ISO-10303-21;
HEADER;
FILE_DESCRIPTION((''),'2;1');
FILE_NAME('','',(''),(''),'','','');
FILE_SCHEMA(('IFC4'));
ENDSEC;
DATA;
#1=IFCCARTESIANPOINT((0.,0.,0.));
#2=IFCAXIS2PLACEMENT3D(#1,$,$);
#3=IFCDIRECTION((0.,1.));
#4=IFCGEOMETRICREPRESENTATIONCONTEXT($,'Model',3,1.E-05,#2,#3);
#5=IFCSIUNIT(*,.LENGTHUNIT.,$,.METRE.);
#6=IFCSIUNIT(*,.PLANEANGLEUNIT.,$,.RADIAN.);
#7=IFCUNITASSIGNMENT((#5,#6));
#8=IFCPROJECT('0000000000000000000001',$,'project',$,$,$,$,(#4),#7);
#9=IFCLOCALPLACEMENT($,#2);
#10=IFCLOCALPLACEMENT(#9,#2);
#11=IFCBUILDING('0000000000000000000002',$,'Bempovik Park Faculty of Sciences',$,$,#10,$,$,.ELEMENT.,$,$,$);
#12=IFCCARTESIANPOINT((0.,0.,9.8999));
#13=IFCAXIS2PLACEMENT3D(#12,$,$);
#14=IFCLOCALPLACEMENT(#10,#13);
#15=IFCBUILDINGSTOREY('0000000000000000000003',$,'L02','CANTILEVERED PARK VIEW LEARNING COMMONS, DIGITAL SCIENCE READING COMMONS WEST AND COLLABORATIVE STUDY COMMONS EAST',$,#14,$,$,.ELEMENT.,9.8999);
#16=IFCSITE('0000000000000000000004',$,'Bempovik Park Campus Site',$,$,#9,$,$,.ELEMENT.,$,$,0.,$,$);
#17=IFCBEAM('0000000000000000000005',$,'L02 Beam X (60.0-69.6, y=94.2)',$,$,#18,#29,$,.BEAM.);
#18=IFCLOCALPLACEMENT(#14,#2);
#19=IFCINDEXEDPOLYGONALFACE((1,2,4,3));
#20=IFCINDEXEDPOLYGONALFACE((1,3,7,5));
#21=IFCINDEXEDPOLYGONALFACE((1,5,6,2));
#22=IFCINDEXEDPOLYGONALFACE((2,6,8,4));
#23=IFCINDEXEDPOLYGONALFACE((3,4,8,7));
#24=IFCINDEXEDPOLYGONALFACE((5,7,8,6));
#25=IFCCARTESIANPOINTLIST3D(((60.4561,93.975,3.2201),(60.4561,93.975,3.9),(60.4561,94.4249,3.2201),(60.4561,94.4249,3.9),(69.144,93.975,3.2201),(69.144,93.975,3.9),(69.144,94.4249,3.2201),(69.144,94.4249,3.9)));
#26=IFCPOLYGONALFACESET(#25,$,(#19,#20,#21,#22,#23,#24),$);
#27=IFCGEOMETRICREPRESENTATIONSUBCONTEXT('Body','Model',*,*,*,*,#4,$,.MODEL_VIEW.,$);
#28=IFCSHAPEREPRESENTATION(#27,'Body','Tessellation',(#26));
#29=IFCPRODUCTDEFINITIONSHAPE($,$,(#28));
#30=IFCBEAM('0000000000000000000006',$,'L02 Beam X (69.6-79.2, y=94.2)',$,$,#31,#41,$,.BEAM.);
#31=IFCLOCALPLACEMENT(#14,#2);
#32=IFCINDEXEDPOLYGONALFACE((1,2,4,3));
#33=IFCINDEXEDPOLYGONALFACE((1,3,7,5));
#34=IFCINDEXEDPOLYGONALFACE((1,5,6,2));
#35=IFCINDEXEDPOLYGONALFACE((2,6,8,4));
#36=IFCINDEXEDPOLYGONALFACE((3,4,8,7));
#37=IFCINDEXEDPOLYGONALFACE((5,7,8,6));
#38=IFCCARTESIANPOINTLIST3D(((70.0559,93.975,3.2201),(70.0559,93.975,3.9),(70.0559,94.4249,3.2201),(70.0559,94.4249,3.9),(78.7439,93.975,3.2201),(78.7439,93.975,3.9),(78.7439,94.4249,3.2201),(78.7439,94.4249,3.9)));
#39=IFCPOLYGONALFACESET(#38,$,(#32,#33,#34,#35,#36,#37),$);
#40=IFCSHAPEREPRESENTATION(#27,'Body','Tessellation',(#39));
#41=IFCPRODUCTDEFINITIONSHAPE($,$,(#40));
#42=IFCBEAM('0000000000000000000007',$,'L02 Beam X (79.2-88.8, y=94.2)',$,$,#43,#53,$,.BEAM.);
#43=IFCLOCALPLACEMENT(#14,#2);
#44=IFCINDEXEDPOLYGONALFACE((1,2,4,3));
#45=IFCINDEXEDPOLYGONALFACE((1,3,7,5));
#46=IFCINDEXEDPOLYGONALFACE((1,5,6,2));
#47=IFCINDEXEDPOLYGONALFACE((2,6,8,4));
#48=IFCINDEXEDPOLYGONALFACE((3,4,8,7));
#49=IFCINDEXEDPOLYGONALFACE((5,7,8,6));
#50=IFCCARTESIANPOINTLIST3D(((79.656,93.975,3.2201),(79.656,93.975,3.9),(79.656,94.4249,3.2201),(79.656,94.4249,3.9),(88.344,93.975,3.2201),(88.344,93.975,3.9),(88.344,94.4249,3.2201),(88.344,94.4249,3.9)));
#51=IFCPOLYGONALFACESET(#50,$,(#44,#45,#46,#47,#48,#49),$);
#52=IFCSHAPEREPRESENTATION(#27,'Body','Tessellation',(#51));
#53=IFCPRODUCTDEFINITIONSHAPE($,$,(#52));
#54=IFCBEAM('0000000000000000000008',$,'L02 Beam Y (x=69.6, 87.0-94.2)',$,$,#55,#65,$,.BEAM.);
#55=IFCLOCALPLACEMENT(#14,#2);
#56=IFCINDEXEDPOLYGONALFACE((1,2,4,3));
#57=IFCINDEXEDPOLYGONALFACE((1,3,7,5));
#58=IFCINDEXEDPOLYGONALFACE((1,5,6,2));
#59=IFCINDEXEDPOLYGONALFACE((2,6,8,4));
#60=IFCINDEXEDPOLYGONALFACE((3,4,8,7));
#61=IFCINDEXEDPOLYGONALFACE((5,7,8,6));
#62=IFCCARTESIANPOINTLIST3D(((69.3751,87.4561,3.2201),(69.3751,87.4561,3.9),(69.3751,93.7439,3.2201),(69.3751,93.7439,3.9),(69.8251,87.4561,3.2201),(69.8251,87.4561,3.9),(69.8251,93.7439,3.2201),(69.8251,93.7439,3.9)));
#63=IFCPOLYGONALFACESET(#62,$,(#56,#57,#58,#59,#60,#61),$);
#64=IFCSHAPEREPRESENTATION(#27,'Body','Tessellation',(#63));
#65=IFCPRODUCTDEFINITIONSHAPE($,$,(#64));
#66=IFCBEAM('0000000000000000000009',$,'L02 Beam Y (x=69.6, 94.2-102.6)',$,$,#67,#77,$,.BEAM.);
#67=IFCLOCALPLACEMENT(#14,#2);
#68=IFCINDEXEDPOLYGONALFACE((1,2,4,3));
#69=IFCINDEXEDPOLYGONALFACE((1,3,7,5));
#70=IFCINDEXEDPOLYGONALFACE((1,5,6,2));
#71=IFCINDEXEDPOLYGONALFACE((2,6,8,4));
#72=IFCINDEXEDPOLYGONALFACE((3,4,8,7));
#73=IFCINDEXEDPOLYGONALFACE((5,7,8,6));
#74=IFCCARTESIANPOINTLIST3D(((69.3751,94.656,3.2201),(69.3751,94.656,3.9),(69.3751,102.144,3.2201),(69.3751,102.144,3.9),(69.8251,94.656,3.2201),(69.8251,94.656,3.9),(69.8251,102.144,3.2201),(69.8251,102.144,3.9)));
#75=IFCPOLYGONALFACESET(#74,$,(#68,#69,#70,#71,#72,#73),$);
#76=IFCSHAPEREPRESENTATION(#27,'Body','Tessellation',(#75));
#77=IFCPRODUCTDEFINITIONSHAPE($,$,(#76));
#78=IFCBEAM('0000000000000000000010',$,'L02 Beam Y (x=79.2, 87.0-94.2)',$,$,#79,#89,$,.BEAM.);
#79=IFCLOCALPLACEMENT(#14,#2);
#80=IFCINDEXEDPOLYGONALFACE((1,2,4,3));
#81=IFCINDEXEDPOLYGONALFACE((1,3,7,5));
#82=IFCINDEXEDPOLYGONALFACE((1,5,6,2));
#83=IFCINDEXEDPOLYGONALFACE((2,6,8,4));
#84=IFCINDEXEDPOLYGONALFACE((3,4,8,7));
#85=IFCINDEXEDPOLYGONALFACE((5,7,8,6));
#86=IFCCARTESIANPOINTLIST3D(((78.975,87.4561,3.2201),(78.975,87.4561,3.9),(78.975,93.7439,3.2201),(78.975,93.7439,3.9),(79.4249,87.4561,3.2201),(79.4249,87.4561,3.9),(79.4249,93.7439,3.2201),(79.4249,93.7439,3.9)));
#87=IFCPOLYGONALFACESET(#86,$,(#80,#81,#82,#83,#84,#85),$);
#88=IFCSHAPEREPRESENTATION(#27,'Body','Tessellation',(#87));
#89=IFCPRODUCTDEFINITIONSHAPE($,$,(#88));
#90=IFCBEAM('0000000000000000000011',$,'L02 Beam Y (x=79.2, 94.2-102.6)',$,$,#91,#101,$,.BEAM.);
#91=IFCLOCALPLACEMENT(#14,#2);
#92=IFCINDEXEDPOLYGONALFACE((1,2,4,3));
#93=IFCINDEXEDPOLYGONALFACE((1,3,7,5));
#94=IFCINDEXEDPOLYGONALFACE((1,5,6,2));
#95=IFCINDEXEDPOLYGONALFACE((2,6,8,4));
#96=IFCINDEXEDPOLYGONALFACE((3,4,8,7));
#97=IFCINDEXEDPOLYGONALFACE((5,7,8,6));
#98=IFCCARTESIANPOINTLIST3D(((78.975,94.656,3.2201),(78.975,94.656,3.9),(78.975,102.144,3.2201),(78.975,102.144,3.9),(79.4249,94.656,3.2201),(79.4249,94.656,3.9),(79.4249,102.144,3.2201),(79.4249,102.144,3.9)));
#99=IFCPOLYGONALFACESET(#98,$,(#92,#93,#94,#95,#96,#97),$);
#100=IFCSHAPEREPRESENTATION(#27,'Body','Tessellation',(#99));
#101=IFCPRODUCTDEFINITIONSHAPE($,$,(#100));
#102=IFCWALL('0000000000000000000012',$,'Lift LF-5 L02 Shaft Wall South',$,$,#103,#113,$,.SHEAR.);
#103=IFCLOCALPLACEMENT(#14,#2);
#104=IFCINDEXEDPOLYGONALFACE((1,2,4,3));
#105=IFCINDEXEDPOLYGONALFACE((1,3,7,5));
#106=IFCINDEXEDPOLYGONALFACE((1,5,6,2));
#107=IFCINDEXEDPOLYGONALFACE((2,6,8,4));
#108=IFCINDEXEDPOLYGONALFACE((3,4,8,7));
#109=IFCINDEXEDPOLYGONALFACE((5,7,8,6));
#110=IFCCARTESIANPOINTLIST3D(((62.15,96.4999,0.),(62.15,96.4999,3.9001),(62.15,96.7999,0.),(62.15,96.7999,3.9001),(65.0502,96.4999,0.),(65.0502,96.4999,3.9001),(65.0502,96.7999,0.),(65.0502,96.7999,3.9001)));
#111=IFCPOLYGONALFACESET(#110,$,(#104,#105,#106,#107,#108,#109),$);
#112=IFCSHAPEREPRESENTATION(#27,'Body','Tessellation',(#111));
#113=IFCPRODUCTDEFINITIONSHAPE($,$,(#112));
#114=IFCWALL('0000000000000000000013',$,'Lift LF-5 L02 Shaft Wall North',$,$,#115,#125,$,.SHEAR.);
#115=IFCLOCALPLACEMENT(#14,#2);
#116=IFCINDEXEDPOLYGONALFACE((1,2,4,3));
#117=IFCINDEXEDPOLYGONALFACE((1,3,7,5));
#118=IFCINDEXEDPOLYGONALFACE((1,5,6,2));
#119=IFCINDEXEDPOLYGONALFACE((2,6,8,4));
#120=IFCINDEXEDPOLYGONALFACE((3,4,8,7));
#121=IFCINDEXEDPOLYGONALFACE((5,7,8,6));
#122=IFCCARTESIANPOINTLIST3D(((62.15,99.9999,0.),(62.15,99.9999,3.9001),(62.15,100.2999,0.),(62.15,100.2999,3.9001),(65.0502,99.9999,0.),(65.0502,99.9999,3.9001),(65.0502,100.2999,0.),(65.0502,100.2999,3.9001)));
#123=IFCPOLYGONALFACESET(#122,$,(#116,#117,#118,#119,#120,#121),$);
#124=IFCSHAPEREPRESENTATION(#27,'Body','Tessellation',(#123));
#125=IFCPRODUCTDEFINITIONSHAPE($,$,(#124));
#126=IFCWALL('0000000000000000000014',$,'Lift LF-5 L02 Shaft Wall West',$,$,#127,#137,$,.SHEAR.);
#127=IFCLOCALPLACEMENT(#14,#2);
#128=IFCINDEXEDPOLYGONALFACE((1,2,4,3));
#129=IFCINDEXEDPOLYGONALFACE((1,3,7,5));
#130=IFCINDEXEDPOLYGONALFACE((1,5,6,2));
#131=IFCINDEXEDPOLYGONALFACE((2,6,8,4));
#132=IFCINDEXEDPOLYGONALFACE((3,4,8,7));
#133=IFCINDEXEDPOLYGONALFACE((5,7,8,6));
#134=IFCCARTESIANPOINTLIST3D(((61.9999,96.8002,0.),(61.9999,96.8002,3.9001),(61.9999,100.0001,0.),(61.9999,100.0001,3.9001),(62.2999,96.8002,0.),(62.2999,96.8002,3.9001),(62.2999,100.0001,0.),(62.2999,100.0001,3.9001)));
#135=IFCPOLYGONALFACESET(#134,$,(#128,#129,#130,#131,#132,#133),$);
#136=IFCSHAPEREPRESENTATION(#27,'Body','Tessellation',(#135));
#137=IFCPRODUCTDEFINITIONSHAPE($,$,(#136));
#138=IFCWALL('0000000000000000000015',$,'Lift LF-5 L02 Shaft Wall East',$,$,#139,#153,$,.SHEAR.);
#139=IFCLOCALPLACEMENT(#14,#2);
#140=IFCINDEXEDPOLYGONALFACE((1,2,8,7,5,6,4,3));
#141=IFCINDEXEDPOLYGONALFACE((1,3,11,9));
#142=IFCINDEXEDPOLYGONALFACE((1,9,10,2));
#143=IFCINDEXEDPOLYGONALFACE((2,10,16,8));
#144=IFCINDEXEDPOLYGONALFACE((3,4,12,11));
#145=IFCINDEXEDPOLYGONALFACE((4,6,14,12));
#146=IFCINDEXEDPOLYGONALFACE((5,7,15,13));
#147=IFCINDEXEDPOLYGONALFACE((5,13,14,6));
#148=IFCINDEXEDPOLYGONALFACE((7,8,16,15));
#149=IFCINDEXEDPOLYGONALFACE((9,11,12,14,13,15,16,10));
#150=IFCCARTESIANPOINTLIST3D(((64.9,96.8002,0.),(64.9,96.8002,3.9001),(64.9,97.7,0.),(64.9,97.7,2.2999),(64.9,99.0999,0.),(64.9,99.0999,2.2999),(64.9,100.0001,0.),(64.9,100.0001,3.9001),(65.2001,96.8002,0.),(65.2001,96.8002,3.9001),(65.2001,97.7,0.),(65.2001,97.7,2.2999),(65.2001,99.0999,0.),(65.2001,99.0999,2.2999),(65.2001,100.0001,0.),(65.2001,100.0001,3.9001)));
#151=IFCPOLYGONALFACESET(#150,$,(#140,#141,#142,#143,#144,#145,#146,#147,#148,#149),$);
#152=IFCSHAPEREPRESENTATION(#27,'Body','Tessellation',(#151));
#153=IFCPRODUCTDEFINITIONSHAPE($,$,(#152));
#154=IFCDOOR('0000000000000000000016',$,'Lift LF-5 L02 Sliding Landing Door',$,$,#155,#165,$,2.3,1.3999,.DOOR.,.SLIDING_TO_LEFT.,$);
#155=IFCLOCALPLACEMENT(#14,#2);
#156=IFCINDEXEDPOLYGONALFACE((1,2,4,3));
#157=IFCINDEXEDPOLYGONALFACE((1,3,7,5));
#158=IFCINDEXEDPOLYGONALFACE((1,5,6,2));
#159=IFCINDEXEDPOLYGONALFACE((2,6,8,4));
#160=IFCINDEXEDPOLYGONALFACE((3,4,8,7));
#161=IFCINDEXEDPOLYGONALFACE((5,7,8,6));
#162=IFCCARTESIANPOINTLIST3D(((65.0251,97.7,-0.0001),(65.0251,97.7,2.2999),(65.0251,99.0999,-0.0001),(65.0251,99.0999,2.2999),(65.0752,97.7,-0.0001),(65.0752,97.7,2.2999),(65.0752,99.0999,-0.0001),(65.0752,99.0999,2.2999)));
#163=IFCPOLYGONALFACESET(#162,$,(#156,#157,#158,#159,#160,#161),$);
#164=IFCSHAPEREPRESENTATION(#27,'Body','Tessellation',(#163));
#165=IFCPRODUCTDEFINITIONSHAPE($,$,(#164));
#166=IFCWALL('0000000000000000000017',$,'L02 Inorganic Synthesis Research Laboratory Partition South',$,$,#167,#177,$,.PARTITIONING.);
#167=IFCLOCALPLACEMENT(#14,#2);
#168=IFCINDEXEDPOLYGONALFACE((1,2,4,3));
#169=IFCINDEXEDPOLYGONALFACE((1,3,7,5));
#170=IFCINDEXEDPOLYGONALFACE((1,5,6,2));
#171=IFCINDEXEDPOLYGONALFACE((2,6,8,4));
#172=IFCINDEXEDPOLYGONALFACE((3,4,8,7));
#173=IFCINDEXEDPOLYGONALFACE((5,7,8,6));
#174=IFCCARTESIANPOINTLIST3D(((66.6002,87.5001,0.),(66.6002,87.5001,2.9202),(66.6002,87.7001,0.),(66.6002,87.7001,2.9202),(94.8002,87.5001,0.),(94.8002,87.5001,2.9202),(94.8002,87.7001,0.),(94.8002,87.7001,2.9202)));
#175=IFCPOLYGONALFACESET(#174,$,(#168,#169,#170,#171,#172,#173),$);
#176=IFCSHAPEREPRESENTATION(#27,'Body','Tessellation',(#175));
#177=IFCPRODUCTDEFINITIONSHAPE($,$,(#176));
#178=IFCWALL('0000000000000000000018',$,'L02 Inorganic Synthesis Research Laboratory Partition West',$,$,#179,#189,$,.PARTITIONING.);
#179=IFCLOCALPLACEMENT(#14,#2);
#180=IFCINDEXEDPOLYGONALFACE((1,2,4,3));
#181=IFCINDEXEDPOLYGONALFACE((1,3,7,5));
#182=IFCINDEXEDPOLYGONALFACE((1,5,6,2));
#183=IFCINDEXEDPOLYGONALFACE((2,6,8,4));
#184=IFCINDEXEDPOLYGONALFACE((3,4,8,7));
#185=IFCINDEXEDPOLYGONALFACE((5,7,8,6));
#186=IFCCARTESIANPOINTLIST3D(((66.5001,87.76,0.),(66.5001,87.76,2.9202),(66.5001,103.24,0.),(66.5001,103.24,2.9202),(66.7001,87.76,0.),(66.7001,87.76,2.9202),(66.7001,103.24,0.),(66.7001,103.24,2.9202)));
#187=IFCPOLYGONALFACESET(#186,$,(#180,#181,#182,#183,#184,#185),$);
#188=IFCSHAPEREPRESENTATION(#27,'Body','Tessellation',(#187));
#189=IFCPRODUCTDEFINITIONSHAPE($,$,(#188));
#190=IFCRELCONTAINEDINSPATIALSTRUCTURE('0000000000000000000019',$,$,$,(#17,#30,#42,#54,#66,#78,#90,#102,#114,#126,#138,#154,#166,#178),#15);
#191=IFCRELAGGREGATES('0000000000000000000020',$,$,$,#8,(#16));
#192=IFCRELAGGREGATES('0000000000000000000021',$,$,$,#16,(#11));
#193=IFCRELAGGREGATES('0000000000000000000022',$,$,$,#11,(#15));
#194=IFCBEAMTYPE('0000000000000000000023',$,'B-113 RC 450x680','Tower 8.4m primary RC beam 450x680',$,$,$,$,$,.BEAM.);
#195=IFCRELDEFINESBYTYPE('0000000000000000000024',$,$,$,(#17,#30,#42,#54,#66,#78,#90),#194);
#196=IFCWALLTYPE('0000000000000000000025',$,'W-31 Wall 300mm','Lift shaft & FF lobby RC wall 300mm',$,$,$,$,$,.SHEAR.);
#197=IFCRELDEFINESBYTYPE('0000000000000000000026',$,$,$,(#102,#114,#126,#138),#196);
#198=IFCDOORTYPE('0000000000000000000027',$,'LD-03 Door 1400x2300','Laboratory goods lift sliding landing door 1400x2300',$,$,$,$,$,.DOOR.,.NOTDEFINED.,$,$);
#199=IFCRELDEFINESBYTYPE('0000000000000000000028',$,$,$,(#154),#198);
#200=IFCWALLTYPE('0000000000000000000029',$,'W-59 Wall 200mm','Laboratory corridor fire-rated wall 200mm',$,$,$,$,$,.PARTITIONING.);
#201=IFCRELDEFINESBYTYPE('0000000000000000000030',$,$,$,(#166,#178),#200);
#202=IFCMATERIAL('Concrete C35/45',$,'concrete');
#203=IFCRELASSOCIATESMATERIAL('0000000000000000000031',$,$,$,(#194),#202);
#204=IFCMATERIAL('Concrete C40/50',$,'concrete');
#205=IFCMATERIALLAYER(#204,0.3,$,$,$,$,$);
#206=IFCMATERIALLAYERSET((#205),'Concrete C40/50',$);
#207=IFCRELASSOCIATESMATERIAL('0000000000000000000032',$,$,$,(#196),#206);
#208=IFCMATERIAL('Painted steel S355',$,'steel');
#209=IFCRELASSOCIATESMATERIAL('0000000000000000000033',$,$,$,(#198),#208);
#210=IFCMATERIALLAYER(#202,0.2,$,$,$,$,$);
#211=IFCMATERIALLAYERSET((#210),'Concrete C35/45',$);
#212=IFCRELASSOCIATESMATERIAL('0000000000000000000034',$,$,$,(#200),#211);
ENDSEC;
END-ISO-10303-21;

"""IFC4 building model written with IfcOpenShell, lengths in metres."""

from ifc_helpers import new_model, si_unit, direction, frame, frame_2d, origin, origin_2d, place, context, subcontext, project, spatial, rectangle, extrude, material, layer, layer_set, material_profile, profile_set, type_object, element, fill, save


model = new_model("IFC4")

# Units and contexts
model_context = context("Model", 3, precision=1e-05, world=origin(), true_north=direction((0.0, 1.0)))
body_context = subcontext(model_context, "Body", "Model", "MODEL_VIEW")
ifc_project = project(units=[si_unit("LENGTHUNIT", "METRE"), si_unit("PLANEANGLEUNIT", "RADIAN")], contexts=[model_context])

# Site, building, storey
site_placement = place(None, origin())
site = spatial("IfcSite", under=ifc_project, at=site_placement, Name="Bempovik Park Campus Site", CompositionType="ELEMENT", RefElevation=0.0)
building_placement = place(site_placement, origin())
building = spatial("IfcBuilding", under=site, at=building_placement, Name="Bempovik Park Faculty of Sciences", CompositionType="ELEMENT")
storey_placement = place(building_placement, frame((0.0, 0.0, 9.8999)))
storey = spatial("IfcBuildingStorey", under=building, at=storey_placement, Name="L02", Description="CANTILEVERED PARK VIEW LEARNING COMMONS, DIGITAL SCIENCE READING COMMONS WEST AND COLLABORATIVE STUDY COMMONS EAST", CompositionType="ELEMENT", Elevation=9.8999)

# Shared definitions
ifc_material_1 = material(Name="Concrete C40/50", Category="concrete")

# Beams
ifc_material_2 = material(Name="Concrete C35/45", Category="concrete")
ifc_material_profile_1 = material_profile(ifc_material_2, rectangle(XDim=0.45, YDim=0.6799, at=origin_2d()), Name="RC 450x680")
ifc_profile_set_1 = profile_set([ifc_material_profile_1], Name="Concrete C35/45")
beam_type_1 = type_object("IfcBeamType", Name="B-113 RC 450x680", Description="Tower 8.4m primary RC beam 450x680", PredefinedType="BEAM", material=ifc_profile_set_1)
for number, where, z_axis, x_axis, name in (
    (1, (60.4561, 94.2, 3.5601), (1.0, 0.0, 0.0), (0.0, 1.0, 0.0), "L02 Beam X (60.0-69.6, y=94.2)"),
    (2, (70.0559, 94.2, 3.5601), (1.0, 0.0, 0.0), (0.0, 1.0, 0.0), "L02 Beam X (69.6-79.2, y=94.2)"),
    (3, (79.656, 94.2, 3.5601), (1.0, 0.0, 0.0), (0.0, 1.0, 0.0), "L02 Beam X (79.2-88.8, y=94.2)"),
):
    element("IfcBeam", number, at=place(storey_placement, frame(where, z_axis=z_axis, x_axis=x_axis)), inside=storey, type_object=beam_type_1, Name=name, PredefinedType="BEAM", context=body_context, shape_type="SweptSolid", body=[
        extrude(rectangle(XDim=0.45, YDim=0.6799, at=origin_2d()), origin(), (0.0, 0.0, 1.0), 8.688),
    ])
beam_1_placement = place(storey_placement, frame((69.6001, 87.4561, 3.5601), z_axis=(0.0, 1.0, 0.0), x_axis=(-1.0, 0.0, 0.0)))
element("IfcBeam", 4, at=beam_1_placement, inside=storey, type_object=beam_type_1, Name="L02 Beam Y (x=69.6, 87.0-94.2)", PredefinedType="BEAM", context=body_context, shape_type="SweptSolid", body=[
    extrude(rectangle(XDim=0.45, YDim=0.6799, at=origin_2d()), origin(), (0.0, 0.0, 1.0), 6.2878),
])
beam_2_placement = place(storey_placement, frame((69.6001, 94.656, 3.5601), z_axis=(0.0, 1.0, 0.0), x_axis=(-1.0, 0.0, 0.0)))
element("IfcBeam", 5, at=beam_2_placement, inside=storey, type_object=beam_type_1, Name="L02 Beam Y (x=69.6, 94.2-102.6)", PredefinedType="BEAM", context=body_context, shape_type="SweptSolid", body=[
    extrude(rectangle(XDim=0.45, YDim=0.6799, at=origin_2d()), origin(), (0.0, 0.0, 1.0), 7.488),
])
beam_3_placement = place(storey_placement, frame((79.2, 87.4561, 3.5601), z_axis=(0.0, 1.0, 0.0), x_axis=(-1.0, 0.0, 0.0)))
element("IfcBeam", 6, at=beam_3_placement, inside=storey, type_object=beam_type_1, Name="L02 Beam Y (x=79.2, 87.0-94.2)", PredefinedType="BEAM", context=body_context, shape_type="SweptSolid", body=[
    extrude(rectangle(XDim=0.45, YDim=0.6799, at=origin_2d()), origin(), (0.0, 0.0, 1.0), 6.2878),
])
beam_4_placement = place(storey_placement, frame((79.2, 94.656, 3.5601), z_axis=(0.0, 1.0, 0.0), x_axis=(-1.0, 0.0, 0.0)))
element("IfcBeam", 7, at=beam_4_placement, inside=storey, type_object=beam_type_1, Name="L02 Beam Y (x=79.2, 94.2-102.6)", PredefinedType="BEAM", context=body_context, shape_type="SweptSolid", body=[
    extrude(rectangle(XDim=0.45, YDim=0.6799, at=origin_2d()), origin(), (0.0, 0.0, 1.0), 7.488),
])

# Walls
ifc_layer_1 = layer(ifc_material_1, 0.3)
ifc_layer_set_1 = layer_set([ifc_layer_1], Name="Concrete C40/50")
wall_type_1 = type_object("IfcWallType", Name="W-31 Wall 300mm", Description="Lift shaft & FF lobby RC wall 300mm", PredefinedType="SHEAR", material=ifc_layer_set_1)
for number, where, z_axis, x_axis, name in (
    (8, (62.1499, 96.6499, 0.0), (0.0, 0.0, 1.0), (1.0, 0.0, 0.0), "Lift LF-5 L02 Shaft Wall South"),
    (9, (62.1499, 100.1499, 0.0), (0.0, 0.0, 1.0), (1.0, 0.0, 0.0), "Lift LF-5 L02 Shaft Wall North"),
):
    element("IfcWall", number, at=place(storey_placement, frame(where, z_axis=z_axis, x_axis=x_axis)), inside=storey, type_object=wall_type_1, Name=name, PredefinedType="SHEAR", context=body_context, shape_type="SweptSolid", body=[
        extrude(rectangle(XDim=2.9001, YDim=0.3, at=frame_2d((1.4502, 0.0))), origin(), (0.0, 0.0, 1.0), 3.9001),
    ])
wall_1_placement = place(storey_placement, frame((62.1499, 96.8, 0.0), z_axis=(0.0, 0.0, 1.0), x_axis=(0.0, 1.0, 0.0)))
element("IfcWall", 10, at=wall_1_placement, inside=storey, type_object=wall_type_1, Name="Lift LF-5 L02 Shaft Wall West", PredefinedType="SHEAR", context=body_context, shape_type="SweptSolid", body=[
    extrude(rectangle(XDim=3.2, YDim=0.3, at=frame_2d((1.6001, 0.0))), origin(), (0.0, 0.0, 1.0), 3.9001),
])

# Wall, opening, door
wall_2_placement = place(storey_placement, frame((65.05, 96.8, 0.0), z_axis=(0.0, 0.0, 1.0), x_axis=(0.0, 1.0, 0.0)))
wall_2 = element("IfcWall", 11, at=wall_2_placement, inside=storey, type_object=wall_type_1, Name="Lift LF-5 L02 Shaft Wall East", PredefinedType="SHEAR", context=body_context, shape_type="SweptSolid", body=[
    extrude(rectangle(XDim=3.2, YDim=0.3, at=frame_2d((1.6001, 0.0))), origin(), (0.0, 0.0, 1.0), 3.9001),
])
opening_placement = place(wall_2_placement, frame((0.8999, 0.0, 0.0)))
opening = element("IfcOpeningElement", 12, at=opening_placement, cuts=wall_2, PredefinedType="OPENING", context=body_context, shape_type="SweptSolid", body=[
    extrude(rectangle(XDim=1.3999, YDim=2.3, at=frame_2d((0.7, 1.1499))), frame((0.0, 0.1602, 0.0), z_axis=(0.0, -1.0, 0.0), x_axis=(1.0, 0.0, 0.0)), (0.0, 0.0, 1.0), 0.3201),
])
ifc_material_3 = material(Name="Painted steel S355", Category="steel")
door_type = type_object("IfcDoorType", Name="LD-03 Door 1400x2300", Description="Laboratory goods lift sliding landing door 1400x2300", OperationType="NOTDEFINED", PredefinedType="DOOR", material=ifc_material_3)
door_placement = place(opening_placement, origin())
door = element("IfcDoor", 13, at=door_placement, inside=storey, type_object=door_type, Name="Lift LF-5 L02 Sliding Landing Door", OperationType="SLIDING_TO_LEFT", OverallHeight=2.3, OverallWidth=1.3999, PredefinedType="DOOR", context=body_context, shape_type="SweptSolid", body=[
    extrude(rectangle(XDim=1.3999, YDim=2.3, at=frame_2d((0.7, 1.1499))), frame((0.0, 0.0249, 0.0), z_axis=(0.0, -1.0, 0.0), x_axis=(1.0, 0.0, 0.0)), (0.0, 0.0, 1.0), 0.05),
])
fill(opening, door)

# Walls
ifc_layer_2 = layer(ifc_material_2, 0.2)
ifc_layer_set_2 = layer_set([ifc_layer_2], Name="Concrete C35/45")
wall_type_2 = type_object("IfcWallType", Name="W-59 Wall 200mm", Description="Laboratory corridor fire-rated wall 200mm", PredefinedType="PARTITIONING", material=ifc_layer_set_2)
wall_3_placement = place(storey_placement, frame((66.6001, 87.6001, 0.0), z_axis=(0.0, 0.0, 1.0), x_axis=(1.0, 0.0, 0.0)))
element("IfcWall", 14, at=wall_3_placement, inside=storey, type_object=wall_type_2, Name="L02 Inorganic Synthesis Research Laboratory Partition South", PredefinedType="PARTITIONING", context=body_context, shape_type="SweptSolid", body=[
    extrude(rectangle(XDim=28.2, YDim=0.2, at=frame_2d((14.1001, 0.0))), origin(), (0.0, 0.0, 1.0), 2.9202),
])
wall_4_placement = place(storey_placement, frame((66.6001, 87.76, 0.0), z_axis=(0.0, 0.0, 1.0), x_axis=(0.0, 1.0, 0.0)))
element("IfcWall", 15, at=wall_4_placement, inside=storey, type_object=wall_type_2, Name="L02 Inorganic Synthesis Research Laboratory Partition West", PredefinedType="PARTITIONING", context=body_context, shape_type="SweptSolid", body=[
    extrude(rectangle(XDim=15.48, YDim=0.2, at=frame_2d((7.74, 0.0))), origin(), (0.0, 0.0, 1.0), 2.9202),
])

save(model, "model.ifc")
